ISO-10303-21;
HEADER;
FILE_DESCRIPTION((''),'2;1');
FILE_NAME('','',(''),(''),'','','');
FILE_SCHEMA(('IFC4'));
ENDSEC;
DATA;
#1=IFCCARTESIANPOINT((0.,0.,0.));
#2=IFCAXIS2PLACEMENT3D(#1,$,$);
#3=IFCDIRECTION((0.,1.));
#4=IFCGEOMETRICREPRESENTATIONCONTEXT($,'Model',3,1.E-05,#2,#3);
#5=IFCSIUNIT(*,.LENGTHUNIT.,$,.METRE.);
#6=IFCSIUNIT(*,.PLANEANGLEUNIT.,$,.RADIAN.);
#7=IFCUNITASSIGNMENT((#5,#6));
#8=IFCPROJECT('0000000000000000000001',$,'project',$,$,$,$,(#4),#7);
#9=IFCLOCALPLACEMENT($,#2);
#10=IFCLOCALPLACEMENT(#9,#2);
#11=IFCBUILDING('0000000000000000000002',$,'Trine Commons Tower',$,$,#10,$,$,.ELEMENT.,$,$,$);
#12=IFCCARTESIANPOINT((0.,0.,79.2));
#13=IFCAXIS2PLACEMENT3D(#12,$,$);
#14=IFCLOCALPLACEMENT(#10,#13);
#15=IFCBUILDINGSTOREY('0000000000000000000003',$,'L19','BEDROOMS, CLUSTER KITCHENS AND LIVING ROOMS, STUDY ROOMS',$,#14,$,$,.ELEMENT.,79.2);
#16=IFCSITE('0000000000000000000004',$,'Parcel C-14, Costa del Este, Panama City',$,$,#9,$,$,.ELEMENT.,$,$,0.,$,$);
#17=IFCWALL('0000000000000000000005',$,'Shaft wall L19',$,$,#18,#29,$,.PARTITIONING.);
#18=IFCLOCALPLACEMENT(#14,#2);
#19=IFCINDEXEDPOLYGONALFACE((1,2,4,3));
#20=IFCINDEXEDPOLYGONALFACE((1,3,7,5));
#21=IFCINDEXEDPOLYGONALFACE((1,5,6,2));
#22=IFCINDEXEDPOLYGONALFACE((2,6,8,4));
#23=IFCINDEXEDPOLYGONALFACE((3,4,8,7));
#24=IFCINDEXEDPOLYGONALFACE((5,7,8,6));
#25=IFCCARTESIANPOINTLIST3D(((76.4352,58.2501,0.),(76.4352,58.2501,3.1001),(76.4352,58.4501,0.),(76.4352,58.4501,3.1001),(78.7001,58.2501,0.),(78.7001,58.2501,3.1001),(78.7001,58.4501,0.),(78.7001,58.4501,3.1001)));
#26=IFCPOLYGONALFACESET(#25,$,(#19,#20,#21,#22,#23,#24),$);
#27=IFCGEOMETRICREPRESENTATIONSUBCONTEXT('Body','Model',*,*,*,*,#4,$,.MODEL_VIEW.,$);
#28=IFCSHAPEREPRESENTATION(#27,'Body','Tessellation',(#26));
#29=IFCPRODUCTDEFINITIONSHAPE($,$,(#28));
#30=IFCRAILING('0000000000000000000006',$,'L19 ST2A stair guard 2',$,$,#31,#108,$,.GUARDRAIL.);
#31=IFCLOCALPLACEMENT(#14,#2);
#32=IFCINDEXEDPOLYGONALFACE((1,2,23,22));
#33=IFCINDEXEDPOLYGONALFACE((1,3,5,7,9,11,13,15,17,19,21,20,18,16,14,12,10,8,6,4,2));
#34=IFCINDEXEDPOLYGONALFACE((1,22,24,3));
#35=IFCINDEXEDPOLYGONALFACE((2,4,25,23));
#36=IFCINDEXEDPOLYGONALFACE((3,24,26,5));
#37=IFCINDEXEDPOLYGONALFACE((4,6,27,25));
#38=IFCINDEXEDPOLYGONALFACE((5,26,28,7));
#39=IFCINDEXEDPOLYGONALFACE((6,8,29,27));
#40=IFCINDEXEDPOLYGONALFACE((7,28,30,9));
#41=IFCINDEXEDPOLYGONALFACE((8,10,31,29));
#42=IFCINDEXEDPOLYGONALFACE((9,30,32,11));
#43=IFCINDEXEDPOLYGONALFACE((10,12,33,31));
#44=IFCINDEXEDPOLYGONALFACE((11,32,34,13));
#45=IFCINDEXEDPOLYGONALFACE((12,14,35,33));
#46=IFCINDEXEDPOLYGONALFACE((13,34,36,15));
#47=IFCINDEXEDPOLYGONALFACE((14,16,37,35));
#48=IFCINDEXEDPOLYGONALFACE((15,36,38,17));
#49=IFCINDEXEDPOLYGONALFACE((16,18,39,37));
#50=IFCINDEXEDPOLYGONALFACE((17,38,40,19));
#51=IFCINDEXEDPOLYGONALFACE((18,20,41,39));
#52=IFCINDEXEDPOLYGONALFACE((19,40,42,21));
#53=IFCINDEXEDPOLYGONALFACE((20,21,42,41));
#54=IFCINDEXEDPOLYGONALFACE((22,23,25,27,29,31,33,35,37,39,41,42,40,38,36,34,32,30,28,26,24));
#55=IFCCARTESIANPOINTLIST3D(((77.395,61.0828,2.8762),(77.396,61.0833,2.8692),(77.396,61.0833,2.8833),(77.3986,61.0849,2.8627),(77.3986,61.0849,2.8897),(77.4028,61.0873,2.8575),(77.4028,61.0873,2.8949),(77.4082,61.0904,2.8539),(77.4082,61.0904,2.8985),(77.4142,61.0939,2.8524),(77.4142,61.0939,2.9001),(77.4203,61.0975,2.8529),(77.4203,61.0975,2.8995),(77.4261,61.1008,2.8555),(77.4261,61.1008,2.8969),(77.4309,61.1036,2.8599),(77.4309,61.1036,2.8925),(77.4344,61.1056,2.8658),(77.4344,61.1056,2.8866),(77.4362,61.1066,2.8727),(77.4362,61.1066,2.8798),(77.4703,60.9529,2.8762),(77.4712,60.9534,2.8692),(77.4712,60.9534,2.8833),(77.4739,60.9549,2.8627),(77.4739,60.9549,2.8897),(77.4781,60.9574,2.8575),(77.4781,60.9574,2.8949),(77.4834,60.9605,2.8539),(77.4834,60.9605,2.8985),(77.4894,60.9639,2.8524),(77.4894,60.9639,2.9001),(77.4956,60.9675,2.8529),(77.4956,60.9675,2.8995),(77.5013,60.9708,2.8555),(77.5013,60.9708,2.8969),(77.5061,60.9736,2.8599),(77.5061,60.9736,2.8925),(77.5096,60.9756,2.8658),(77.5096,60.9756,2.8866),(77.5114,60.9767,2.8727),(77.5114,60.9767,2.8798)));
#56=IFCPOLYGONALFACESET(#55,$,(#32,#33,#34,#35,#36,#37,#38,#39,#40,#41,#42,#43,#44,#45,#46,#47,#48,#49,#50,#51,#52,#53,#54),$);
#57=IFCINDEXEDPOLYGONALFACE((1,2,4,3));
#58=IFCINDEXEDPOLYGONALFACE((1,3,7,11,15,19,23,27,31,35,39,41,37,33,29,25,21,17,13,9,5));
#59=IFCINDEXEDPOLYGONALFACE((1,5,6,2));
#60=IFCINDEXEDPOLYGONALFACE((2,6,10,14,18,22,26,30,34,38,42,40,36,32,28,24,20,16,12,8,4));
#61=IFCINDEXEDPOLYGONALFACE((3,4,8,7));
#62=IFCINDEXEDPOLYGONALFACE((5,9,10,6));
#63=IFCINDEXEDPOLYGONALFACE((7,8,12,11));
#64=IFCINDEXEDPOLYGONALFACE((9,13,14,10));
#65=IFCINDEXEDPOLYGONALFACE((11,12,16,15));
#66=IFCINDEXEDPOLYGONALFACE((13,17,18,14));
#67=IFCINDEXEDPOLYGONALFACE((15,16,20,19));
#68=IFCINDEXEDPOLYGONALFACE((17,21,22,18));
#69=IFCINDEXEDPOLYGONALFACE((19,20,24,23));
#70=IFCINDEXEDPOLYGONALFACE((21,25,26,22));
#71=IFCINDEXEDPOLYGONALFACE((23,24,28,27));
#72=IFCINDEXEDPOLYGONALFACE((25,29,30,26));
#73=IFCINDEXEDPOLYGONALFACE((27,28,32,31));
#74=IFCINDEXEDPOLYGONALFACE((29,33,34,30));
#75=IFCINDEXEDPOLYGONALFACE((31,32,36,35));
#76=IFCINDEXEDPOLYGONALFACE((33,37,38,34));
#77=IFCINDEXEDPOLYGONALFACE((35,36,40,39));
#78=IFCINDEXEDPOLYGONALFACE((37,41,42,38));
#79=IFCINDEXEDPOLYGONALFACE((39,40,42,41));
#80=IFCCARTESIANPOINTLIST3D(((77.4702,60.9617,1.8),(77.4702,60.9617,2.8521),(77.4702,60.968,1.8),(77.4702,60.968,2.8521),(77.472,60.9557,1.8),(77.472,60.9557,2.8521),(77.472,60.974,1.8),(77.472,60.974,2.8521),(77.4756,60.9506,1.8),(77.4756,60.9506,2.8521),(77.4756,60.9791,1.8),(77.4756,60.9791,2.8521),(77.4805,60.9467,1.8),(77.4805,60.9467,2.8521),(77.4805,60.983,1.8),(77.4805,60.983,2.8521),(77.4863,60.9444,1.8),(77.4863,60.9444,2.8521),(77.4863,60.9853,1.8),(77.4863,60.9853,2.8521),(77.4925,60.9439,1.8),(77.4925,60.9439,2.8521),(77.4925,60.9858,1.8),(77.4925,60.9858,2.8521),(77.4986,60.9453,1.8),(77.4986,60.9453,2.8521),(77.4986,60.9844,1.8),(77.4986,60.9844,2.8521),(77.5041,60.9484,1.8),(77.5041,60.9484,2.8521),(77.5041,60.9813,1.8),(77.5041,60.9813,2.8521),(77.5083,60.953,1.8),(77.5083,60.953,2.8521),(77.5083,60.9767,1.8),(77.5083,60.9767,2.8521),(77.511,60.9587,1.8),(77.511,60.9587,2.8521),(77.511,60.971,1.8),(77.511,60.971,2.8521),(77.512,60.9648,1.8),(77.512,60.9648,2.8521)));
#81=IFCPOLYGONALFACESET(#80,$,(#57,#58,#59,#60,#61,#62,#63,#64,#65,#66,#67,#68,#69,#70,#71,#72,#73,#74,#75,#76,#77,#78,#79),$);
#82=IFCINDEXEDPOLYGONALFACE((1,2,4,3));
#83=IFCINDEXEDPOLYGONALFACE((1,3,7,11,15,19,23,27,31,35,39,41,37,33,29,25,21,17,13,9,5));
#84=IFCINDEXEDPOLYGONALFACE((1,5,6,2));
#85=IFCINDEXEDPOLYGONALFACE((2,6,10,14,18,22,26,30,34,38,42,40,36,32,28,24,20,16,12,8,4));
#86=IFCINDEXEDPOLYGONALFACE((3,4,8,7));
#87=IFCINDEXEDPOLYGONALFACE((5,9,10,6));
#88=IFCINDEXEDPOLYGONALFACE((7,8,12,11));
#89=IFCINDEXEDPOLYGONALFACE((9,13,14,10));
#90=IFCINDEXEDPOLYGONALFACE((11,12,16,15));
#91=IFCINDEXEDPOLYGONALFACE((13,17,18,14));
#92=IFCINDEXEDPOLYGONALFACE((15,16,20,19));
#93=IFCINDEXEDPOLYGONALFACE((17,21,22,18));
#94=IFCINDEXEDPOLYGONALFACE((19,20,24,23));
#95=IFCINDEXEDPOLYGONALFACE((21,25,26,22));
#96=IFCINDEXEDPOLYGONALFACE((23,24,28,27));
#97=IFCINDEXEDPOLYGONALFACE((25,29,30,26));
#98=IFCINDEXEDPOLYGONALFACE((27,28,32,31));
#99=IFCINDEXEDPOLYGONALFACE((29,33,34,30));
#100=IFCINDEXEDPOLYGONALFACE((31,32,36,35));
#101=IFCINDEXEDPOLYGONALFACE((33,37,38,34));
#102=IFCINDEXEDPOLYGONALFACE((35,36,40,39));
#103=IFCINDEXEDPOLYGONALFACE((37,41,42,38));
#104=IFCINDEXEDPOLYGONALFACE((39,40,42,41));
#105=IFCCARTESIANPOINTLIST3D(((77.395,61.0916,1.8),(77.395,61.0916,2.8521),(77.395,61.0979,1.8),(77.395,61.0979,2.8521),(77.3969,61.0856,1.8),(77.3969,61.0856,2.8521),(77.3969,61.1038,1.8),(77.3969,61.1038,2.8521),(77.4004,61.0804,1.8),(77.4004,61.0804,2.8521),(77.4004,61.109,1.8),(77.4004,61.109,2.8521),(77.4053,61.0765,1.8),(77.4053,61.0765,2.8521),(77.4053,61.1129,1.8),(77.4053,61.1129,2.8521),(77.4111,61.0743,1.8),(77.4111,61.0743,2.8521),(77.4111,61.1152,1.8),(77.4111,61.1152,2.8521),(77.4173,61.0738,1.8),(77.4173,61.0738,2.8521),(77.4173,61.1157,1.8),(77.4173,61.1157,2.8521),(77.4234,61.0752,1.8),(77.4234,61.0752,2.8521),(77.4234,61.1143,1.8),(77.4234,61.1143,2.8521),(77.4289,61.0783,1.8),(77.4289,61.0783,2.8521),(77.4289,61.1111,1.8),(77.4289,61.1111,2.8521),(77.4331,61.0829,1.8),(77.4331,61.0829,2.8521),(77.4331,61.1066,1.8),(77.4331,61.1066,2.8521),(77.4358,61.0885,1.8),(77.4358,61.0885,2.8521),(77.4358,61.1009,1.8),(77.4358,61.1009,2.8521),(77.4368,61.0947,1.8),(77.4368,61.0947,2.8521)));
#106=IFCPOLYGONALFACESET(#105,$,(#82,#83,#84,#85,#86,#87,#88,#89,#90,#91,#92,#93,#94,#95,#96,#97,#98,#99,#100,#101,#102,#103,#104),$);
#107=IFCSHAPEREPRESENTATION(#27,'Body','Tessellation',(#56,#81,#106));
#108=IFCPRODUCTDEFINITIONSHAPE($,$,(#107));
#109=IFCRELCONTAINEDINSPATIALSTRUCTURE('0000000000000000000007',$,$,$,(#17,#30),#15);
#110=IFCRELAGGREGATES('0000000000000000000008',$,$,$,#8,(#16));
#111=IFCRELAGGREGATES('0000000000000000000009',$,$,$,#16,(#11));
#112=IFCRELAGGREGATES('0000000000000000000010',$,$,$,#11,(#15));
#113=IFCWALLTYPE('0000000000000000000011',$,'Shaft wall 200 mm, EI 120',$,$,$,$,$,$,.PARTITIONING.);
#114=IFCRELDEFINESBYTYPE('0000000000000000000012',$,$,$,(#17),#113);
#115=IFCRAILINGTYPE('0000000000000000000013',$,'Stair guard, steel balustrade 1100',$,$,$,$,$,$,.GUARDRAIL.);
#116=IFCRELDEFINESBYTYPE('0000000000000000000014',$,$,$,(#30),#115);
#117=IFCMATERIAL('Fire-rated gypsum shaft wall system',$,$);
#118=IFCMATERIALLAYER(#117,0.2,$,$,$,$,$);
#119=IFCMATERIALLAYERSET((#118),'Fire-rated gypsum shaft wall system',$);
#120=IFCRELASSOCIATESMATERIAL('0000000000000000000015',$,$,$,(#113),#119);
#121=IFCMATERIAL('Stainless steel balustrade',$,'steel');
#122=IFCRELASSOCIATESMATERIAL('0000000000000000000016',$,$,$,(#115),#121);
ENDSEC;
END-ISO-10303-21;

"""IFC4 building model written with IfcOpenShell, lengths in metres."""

from ifc_helpers import new_model, si_unit, direction, frame, frame_2d, origin, origin_2d, place, context, subcontext, project, spatial, rectangle, circle, extrude, material, layer, layer_set, type_object, element, save


model = new_model("IFC4")

# Units and contexts
model_context = context("Model", 3, precision=1e-05, world=origin(), true_north=direction((0.0, 1.0)))
body_context = subcontext(model_context, "Body", "Model", "MODEL_VIEW")
ifc_project = project(units=[si_unit("LENGTHUNIT", "METRE"), si_unit("PLANEANGLEUNIT", "RADIAN")], contexts=[model_context])

# Site, building, storey
site_placement = place(None, origin())
site = spatial("IfcSite", under=ifc_project, at=site_placement, Name="Parcel C-14, Costa del Este, Panama City", CompositionType="ELEMENT", RefElevation=0.0)
building_placement = place(site_placement, origin())
building = spatial("IfcBuilding", under=site, at=building_placement, Name="Trine Commons Tower", CompositionType="ELEMENT")
storey_placement = place(building_placement, frame((0.0, 0.0, 79.2)))
storey = spatial("IfcBuildingStorey", under=building, at=storey_placement, Name="L19", Description="BEDROOMS, CLUSTER KITCHENS AND LIVING ROOMS, STUDY ROOMS", CompositionType="ELEMENT", Elevation=79.2)

# Shared definitions
ifc_material_1 = material(Name="Fire-rated gypsum shaft wall system")

# Wall
ifc_layer_1 = layer(ifc_material_1, 0.2)
ifc_layer_set_1 = layer_set([ifc_layer_1], Name="Fire-rated gypsum shaft wall system")
wall_type_1 = type_object("IfcWallType", Name="Shaft wall 200 mm, EI 120", PredefinedType="PARTITIONING", material=ifc_layer_set_1)
wall_1_placement = place(storey_placement, frame((78.7, 58.3501, 0.0), z_axis=(0.0, 0.0, 1.0), x_axis=(-1.0, 0.0, 0.0)))
element("IfcWall", 1, at=wall_1_placement, inside=storey, type_object=wall_type_1, Name="Shaft wall L19", PredefinedType="PARTITIONING", context=body_context, shape_type="SweptSolid", body=[
    extrude(rectangle(XDim=2.2649, YDim=0.2, at=frame_2d((1.1323, 0.0))), origin(), (0.0, 0.0, 1.0), 3.1001),
])

# Railing
ifc_material_2 = material(Name="Stainless steel balustrade", Category="steel")
railing_type_1 = type_object("IfcRailingType", Name="Stair guard, steel balustrade 1100", PredefinedType="GUARDRAIL", material=ifc_material_2)
railing_1_placement = place(storey_placement, frame((77.491, 60.9648, 1.8)))
element("IfcRailing", 2, at=railing_1_placement, inside=storey, type_object=railing_type_1, Name="L19 ST2A stair guard 2", PredefinedType="GUARDRAIL", context=body_context, shape_type="SweptSolid", body=[
    extrude(circle(Radius=0.0239, at=origin_2d()), frame((0.0, 0.0, 1.0762), z_axis=(-0.501036, 0.865426, 0.0), x_axis=(-0.865426, -0.501036, 0.0)), (0.0, 0.0, 1.0), 0.1501),
    extrude(circle(Radius=0.021, at=origin_2d()), origin(), (0.0, 0.0, 1.0), 1.052),
    extrude(circle(Radius=0.021, at=origin_2d()), frame((-0.0752, 0.1299, 0.0)), (0.0, 0.0, 1.0), 1.052),
])

save(model, "model.ifc")
